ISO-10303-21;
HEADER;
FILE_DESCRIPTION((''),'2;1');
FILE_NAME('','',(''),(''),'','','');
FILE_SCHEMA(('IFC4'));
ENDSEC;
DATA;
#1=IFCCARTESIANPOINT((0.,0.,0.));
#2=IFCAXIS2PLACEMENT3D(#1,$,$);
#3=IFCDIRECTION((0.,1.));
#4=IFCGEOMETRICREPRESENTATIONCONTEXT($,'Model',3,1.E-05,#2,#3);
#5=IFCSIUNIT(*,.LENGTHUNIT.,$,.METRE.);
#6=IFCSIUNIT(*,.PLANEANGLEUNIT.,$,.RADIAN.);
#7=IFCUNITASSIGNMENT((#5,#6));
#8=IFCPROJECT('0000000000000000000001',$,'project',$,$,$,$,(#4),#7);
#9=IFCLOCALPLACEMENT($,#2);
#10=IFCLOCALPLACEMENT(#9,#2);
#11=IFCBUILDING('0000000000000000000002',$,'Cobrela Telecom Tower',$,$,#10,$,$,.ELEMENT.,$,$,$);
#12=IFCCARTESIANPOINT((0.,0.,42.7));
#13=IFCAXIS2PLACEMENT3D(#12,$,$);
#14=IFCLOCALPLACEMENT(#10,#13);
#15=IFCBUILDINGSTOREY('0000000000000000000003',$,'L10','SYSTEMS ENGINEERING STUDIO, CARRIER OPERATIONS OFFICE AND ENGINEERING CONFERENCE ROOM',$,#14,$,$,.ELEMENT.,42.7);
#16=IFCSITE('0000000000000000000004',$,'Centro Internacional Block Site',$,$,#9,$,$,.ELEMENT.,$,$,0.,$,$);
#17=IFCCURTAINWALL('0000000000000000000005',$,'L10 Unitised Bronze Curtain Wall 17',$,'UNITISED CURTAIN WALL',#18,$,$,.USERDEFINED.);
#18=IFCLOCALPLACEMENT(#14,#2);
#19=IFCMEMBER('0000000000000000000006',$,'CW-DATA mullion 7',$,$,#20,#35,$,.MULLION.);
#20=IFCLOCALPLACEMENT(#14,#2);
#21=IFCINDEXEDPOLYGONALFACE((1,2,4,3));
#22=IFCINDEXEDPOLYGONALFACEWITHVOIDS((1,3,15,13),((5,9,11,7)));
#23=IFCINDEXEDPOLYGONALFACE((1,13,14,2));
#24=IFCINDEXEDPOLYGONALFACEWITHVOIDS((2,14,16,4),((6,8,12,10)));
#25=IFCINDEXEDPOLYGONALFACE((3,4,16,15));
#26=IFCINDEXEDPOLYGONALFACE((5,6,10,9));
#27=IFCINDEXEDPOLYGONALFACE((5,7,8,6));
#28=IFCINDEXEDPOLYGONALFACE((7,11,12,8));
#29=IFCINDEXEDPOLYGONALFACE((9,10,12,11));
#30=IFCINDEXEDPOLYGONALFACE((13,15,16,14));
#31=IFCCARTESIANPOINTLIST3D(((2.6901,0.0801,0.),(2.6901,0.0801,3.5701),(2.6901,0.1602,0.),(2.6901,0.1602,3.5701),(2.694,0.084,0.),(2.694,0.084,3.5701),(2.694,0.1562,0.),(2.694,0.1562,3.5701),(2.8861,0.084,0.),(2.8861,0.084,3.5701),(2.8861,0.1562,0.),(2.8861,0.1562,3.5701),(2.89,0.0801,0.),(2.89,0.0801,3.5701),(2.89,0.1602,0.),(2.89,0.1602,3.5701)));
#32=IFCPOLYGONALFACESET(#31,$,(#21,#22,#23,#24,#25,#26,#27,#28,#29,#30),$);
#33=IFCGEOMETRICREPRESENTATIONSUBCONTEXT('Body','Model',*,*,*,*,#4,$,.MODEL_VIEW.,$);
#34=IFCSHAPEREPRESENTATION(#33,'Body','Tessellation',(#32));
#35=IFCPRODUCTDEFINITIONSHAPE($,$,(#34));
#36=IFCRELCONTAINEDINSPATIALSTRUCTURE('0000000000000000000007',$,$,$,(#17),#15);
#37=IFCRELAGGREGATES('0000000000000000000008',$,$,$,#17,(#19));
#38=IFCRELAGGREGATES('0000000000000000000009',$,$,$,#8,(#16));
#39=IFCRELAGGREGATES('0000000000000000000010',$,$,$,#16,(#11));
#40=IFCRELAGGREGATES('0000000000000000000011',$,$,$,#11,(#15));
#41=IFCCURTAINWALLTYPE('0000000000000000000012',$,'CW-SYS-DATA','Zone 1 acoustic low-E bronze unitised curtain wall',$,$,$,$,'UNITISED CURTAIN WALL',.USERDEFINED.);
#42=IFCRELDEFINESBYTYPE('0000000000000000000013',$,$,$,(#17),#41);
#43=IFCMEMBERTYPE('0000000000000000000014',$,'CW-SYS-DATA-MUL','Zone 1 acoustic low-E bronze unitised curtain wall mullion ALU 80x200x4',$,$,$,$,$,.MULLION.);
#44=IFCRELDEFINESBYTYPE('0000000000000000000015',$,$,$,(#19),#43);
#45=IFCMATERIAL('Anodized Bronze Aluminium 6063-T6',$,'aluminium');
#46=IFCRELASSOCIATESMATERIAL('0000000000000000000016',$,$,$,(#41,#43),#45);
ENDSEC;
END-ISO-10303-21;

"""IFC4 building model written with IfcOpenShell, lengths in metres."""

from ifc_helpers import new_model, si_unit, direction, frame, origin, origin_2d, place, context, subcontext, project, spatial, hollow_rectangle, extrude, material, material_profile, profile_set, type_object, element, aggregate, save


model = new_model("IFC4")

# Units and contexts
model_context = context("Model", 3, precision=1e-05, world=origin(), true_north=direction((0.0, 1.0)))
body_context = subcontext(model_context, "Body", "Model", "MODEL_VIEW")
ifc_project = project(units=[si_unit("LENGTHUNIT", "METRE"), si_unit("PLANEANGLEUNIT", "RADIAN")], contexts=[model_context])

# Site, building, storey
site_placement = place(None, origin())
site = spatial("IfcSite", under=ifc_project, at=site_placement, Name="Centro Internacional Block Site", CompositionType="ELEMENT", RefElevation=0.0)
building_placement = place(site_placement, origin())
building = spatial("IfcBuilding", under=site, at=building_placement, Name="Cobrela Telecom Tower", CompositionType="ELEMENT")
storey_placement = place(building_placement, frame((0.0, 0.0, 42.7)))
storey = spatial("IfcBuildingStorey", under=building, at=storey_placement, Name="L10", Description="SYSTEMS ENGINEERING STUDIO, CARRIER OPERATIONS OFFICE AND ENGINEERING CONFERENCE ROOM", CompositionType="ELEMENT", Elevation=42.7)

# Curtain wall, member
ifc_material_1 = material(Name="Anodized Bronze Aluminium 6063-T6", Category="aluminium")
curtain_wall_type = type_object("IfcCurtainWallType", Name="CW-SYS-DATA", Description="Zone 1 acoustic low-E bronze unitised curtain wall", ElementType="UNITISED CURTAIN WALL", PredefinedType="USERDEFINED", material=ifc_material_1)
curtain_wall_placement = place(storey_placement, origin())
curtain_wall = element("IfcCurtainWall", 1, at=curtain_wall_placement, inside=storey, type_object=curtain_wall_type, Name="L10 Unitised Bronze Curtain Wall 17", ObjectType="UNITISED CURTAIN WALL", PredefinedType="USERDEFINED")
ifc_material_profile = material_profile(ifc_material_1, hollow_rectangle(XDim=0.0801, YDim=0.2, WallThickness=0.0039, at=origin_2d()), Name="ALU 80x200x4")
ifc_profile_set = profile_set([ifc_material_profile], Name="Anodized Bronze Aluminium 6063-T6")
member_type = type_object("IfcMemberType", Name="CW-SYS-DATA-MUL", Description="Zone 1 acoustic low-E bronze unitised curtain wall mullion ALU 80x200x4", PredefinedType="MULLION", material=ifc_profile_set)
member_placement = place(storey_placement, frame((2.79, 0.1201, 0.0), z_axis=(0.0, 0.0, 1.0), x_axis=(0.0, -1.0, 0.0)))
member = element("IfcMember", 2, at=member_placement, type_object=member_type, Name="CW-DATA mullion 7", PredefinedType="MULLION", context=body_context, shape_type="SweptSolid", body=[
    extrude(hollow_rectangle(XDim=0.0801, YDim=0.2, WallThickness=0.0039, at=origin_2d()), origin(), (0.0, 0.0, 1.0), 3.5701),
])
aggregate(curtain_wall, [member])

save(model, "model.ifc")
